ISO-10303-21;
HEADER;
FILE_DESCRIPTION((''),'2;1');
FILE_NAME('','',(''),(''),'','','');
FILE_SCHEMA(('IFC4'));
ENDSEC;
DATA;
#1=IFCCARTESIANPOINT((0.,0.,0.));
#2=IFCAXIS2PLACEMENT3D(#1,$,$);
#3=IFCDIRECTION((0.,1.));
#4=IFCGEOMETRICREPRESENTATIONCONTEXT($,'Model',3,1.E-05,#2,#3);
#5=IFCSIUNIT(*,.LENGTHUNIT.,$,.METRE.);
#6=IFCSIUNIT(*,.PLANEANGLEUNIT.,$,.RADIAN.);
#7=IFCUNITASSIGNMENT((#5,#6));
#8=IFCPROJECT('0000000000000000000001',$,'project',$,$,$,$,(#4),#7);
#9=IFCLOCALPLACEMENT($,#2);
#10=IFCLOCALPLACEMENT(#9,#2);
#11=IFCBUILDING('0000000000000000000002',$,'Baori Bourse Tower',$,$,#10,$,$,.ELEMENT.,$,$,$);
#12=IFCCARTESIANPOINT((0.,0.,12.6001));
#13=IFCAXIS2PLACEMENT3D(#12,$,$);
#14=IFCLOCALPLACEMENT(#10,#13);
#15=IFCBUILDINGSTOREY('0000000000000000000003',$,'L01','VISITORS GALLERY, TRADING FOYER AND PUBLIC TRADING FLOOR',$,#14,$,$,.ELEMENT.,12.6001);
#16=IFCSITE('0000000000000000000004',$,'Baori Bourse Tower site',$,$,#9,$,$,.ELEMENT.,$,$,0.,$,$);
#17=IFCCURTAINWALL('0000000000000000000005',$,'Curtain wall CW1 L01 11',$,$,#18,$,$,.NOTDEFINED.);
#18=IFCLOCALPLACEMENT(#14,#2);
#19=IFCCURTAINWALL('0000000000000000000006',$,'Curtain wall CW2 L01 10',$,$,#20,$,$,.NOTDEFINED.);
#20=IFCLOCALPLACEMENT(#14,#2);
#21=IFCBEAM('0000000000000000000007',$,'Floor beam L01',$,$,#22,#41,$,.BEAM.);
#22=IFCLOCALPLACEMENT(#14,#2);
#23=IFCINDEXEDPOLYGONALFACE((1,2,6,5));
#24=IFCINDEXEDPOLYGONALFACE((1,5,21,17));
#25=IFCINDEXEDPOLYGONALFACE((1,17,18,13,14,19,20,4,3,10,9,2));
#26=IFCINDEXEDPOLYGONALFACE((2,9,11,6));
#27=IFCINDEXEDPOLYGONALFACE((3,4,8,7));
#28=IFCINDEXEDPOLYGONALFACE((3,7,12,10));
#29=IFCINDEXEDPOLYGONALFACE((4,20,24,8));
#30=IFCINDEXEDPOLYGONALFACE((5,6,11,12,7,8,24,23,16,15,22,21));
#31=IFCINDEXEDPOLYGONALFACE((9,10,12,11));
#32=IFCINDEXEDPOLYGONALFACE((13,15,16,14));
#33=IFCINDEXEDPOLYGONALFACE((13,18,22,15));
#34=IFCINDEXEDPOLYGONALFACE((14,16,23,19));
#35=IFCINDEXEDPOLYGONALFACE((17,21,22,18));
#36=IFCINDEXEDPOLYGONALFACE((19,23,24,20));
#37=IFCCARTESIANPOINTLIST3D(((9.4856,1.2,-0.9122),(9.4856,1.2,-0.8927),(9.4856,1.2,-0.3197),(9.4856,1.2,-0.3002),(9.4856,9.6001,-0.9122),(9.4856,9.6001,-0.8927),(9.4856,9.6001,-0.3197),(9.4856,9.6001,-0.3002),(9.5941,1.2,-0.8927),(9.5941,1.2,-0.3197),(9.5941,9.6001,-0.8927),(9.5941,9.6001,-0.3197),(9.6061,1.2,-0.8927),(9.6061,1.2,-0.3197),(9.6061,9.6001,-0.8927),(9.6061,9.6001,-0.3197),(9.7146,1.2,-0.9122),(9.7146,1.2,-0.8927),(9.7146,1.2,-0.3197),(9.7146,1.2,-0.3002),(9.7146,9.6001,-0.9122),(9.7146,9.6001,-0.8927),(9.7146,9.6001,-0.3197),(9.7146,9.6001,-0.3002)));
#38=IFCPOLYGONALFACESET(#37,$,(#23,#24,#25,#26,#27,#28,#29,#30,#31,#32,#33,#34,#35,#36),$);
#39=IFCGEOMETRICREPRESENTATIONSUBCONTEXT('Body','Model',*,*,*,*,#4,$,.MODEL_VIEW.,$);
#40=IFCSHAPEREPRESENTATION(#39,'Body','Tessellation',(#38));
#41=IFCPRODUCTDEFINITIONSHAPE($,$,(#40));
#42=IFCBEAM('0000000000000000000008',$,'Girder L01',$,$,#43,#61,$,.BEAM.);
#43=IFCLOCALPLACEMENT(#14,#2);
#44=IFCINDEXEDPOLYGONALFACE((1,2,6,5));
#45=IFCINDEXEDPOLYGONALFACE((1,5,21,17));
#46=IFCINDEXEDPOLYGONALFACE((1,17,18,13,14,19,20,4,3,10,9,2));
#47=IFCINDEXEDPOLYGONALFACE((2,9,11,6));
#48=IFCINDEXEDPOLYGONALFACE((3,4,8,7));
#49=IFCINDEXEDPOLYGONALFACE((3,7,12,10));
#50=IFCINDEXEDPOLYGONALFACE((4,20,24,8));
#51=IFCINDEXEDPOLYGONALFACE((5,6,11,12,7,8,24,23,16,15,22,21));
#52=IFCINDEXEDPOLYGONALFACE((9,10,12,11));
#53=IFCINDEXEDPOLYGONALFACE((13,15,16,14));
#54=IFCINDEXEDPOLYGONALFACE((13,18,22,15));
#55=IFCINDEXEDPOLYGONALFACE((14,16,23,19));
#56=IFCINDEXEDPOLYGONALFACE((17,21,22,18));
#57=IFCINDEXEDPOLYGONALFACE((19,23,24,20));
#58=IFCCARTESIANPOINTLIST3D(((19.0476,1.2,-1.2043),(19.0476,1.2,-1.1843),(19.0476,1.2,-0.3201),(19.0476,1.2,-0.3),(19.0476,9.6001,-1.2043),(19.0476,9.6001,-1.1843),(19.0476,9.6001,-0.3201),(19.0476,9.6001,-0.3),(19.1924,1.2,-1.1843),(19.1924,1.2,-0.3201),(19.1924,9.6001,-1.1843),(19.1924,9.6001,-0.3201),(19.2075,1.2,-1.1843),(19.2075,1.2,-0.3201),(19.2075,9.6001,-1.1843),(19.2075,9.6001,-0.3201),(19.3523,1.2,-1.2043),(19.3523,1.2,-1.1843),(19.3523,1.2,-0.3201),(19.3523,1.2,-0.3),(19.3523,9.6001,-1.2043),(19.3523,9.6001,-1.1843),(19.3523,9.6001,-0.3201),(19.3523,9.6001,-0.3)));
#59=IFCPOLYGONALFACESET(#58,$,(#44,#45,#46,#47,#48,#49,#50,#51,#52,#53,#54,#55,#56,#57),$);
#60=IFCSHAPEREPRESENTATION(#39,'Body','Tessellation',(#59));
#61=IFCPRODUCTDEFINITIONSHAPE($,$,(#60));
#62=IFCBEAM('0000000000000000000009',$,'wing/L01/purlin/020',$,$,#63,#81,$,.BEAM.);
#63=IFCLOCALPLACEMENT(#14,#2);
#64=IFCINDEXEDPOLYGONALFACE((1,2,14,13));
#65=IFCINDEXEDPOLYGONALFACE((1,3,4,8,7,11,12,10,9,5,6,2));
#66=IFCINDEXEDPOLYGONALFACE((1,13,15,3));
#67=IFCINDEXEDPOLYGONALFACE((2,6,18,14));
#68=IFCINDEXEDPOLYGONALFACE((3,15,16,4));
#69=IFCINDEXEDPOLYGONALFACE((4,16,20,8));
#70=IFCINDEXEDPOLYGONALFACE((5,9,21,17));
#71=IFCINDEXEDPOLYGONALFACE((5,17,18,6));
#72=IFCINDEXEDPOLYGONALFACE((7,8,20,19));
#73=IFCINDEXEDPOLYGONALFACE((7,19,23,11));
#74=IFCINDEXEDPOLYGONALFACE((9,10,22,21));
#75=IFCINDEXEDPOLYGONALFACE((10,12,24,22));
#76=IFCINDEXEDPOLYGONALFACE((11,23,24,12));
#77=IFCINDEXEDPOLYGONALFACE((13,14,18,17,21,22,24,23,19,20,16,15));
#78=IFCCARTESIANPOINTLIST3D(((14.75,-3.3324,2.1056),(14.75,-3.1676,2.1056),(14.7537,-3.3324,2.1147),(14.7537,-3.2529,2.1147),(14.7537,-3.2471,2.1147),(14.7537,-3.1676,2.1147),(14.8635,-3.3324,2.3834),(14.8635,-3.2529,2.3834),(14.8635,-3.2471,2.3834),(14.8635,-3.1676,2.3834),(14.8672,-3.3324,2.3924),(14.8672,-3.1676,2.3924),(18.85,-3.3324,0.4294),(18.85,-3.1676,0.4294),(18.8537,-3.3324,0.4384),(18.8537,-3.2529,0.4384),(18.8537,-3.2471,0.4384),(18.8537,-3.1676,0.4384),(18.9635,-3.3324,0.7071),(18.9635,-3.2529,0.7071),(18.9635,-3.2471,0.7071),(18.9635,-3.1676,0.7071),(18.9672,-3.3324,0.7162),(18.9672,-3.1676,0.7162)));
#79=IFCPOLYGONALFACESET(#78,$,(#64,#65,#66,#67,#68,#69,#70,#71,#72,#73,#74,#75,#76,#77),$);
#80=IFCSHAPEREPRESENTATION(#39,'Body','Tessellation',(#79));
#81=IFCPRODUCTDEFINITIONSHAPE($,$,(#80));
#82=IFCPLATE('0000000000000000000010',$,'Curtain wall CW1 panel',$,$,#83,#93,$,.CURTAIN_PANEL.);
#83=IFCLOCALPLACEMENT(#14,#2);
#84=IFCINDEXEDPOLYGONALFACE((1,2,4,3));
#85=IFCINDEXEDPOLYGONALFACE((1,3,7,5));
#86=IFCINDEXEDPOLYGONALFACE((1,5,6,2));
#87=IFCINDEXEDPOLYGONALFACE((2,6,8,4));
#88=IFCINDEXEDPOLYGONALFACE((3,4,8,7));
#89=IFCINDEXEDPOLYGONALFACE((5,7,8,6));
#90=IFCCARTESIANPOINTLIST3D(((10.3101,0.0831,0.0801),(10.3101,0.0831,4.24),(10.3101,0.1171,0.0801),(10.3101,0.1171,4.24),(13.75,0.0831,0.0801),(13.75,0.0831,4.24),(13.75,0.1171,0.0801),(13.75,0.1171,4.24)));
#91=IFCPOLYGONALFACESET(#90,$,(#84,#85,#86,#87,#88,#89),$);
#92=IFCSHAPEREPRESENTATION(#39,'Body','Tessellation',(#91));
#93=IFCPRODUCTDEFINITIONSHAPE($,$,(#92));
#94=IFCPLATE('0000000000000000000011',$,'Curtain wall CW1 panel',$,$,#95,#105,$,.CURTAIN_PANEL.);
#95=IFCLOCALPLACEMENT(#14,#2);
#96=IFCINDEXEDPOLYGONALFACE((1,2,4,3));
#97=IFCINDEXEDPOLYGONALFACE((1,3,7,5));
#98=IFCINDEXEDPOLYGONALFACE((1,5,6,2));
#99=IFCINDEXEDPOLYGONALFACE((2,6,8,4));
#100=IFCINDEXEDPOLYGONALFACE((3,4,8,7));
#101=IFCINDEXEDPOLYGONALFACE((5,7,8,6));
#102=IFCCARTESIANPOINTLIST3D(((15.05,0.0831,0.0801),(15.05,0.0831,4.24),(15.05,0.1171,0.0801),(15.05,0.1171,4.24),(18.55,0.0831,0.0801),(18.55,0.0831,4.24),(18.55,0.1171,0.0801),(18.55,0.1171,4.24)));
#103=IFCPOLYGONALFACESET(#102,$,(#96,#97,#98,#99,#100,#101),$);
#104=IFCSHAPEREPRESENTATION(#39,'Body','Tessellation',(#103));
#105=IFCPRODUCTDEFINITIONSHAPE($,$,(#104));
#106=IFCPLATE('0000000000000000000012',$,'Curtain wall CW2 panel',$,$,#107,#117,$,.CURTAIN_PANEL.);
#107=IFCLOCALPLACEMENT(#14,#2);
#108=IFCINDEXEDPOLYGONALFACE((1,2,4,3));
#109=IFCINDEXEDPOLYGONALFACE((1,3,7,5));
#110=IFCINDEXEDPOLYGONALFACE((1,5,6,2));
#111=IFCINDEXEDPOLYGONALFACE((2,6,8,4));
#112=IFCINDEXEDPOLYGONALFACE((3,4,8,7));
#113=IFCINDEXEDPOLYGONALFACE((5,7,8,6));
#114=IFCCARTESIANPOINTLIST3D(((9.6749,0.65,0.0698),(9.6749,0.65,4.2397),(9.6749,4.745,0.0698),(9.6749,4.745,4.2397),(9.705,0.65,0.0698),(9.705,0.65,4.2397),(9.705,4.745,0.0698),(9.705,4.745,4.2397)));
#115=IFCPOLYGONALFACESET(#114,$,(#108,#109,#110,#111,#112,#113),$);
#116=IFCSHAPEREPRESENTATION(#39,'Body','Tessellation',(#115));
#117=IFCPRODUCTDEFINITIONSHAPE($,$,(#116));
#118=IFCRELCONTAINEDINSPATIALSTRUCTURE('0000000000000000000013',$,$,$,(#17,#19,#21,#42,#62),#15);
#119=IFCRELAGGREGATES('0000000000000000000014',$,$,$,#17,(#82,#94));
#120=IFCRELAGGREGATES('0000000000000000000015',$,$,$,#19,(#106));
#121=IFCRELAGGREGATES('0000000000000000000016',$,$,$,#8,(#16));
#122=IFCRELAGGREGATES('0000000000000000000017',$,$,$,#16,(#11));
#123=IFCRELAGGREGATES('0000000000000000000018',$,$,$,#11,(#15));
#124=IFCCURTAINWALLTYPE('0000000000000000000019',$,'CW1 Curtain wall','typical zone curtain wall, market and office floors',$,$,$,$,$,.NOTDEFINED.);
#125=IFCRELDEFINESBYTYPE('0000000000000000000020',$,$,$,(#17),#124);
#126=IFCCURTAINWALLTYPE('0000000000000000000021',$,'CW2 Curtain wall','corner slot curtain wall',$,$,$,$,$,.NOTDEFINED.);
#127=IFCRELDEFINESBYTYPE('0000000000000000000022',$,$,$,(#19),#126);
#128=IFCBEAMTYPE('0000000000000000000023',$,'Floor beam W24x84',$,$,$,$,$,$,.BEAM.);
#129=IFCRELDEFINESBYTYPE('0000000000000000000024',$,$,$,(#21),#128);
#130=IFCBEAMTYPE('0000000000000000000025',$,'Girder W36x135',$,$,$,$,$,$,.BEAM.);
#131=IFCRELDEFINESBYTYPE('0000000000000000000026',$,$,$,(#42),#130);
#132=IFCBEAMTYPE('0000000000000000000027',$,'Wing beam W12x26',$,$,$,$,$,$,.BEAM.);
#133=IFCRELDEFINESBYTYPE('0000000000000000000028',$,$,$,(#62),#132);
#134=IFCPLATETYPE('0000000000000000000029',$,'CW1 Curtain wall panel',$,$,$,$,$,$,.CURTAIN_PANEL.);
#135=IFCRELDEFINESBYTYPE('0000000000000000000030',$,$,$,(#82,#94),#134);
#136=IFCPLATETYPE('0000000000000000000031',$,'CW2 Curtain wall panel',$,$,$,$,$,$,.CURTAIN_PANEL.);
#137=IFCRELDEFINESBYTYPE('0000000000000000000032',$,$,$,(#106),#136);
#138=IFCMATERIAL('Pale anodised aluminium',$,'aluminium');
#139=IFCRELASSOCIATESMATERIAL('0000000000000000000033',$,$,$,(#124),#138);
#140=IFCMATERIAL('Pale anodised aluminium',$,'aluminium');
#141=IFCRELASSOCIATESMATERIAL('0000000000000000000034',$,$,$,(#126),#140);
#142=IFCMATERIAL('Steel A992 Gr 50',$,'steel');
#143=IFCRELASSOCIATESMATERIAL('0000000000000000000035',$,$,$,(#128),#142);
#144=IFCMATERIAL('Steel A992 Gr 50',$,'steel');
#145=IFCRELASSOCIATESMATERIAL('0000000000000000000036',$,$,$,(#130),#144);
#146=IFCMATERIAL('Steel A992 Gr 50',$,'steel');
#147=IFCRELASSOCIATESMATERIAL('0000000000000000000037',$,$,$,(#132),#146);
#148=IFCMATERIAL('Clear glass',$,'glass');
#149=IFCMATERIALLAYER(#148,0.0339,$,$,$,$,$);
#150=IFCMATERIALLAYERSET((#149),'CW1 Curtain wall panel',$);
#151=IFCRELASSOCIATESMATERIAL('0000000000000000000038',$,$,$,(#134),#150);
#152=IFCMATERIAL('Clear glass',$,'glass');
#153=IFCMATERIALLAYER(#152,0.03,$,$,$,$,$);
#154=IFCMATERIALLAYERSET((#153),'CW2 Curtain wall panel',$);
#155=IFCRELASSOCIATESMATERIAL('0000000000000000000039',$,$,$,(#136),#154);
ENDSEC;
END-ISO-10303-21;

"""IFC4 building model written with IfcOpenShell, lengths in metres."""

from ifc_helpers import new_model, si_unit, direction, frame, origin, origin_2d, place, context, subcontext, project, spatial, rectangle, i_section, extrude, material, layer, layer_set, material_profile, profile_set, type_object, element, aggregate, save


model = new_model("IFC4")

# Units and contexts
model_context = context("Model", 3, precision=1e-05, world=origin(), true_north=direction((0.0, 1.0)))
body_context = subcontext(model_context, "Body", "Model", "MODEL_VIEW")
ifc_project = project(units=[si_unit("LENGTHUNIT", "METRE"), si_unit("PLANEANGLEUNIT", "RADIAN")], contexts=[model_context])

# Site, building, storey
site_placement = place(None, origin())
site = spatial("IfcSite", under=ifc_project, at=site_placement, Name="Baori Bourse Tower site", CompositionType="ELEMENT", RefElevation=0.0)
building_placement = place(site_placement, origin())
building = spatial("IfcBuilding", under=site, at=building_placement, Name="Baori Bourse Tower", CompositionType="ELEMENT")
storey_placement = place(building_placement, frame((0.0, 0.0, 12.6001)))
storey = spatial("IfcBuildingStorey", under=building, at=storey_placement, Name="L01", Description="VISITORS GALLERY, TRADING FOYER AND PUBLIC TRADING FLOOR", CompositionType="ELEMENT", Elevation=12.6001)

# Curtain walls
ifc_material_1 = material(Name="Pale anodised aluminium", Category="aluminium")
curtain_wall_type_1 = type_object("IfcCurtainWallType", Name="CW1 Curtain wall", Description="typical zone curtain wall, market and office floors", PredefinedType="NOTDEFINED", material=ifc_material_1)
curtain_wall_1_placement = place(storey_placement, origin())
curtain_wall_1 = element("IfcCurtainWall", 1, at=curtain_wall_1_placement, inside=storey, type_object=curtain_wall_type_1, Name="Curtain wall CW1 L01 11", PredefinedType="NOTDEFINED")
ifc_material_2 = material(Name="Pale anodised aluminium", Category="aluminium")
curtain_wall_type_2 = type_object("IfcCurtainWallType", Name="CW2 Curtain wall", Description="corner slot curtain wall", PredefinedType="NOTDEFINED", material=ifc_material_2)
curtain_wall_2_placement = place(storey_placement, origin())
curtain_wall_2 = element("IfcCurtainWall", 2, at=curtain_wall_2_placement, inside=storey, type_object=curtain_wall_type_2, Name="Curtain wall CW2 L01 10", PredefinedType="NOTDEFINED")

# Beams
ifc_material_3 = material(Name="Steel A992 Gr 50", Category="steel")
ifc_material_profile_1 = material_profile(ifc_material_3, i_section(OverallWidth=0.229, OverallDepth=0.6121, WebThickness=0.012, FlangeThickness=0.0195, at=origin_2d()), Name="W24x84")
ifc_profile_set_1 = profile_set([ifc_material_profile_1], Name="Steel A992 Gr 50")
beam_type_1 = type_object("IfcBeamType", Name="Floor beam W24x84", PredefinedType="BEAM", material=ifc_profile_set_1)
beam_1_placement = place(storey_placement, frame((9.6001, 1.2, -0.6062), z_axis=(0.0, 1.0, 0.0), x_axis=(-1.0, 0.0, 0.0)))
element("IfcBeam", 3, at=beam_1_placement, inside=storey, type_object=beam_type_1, Name="Floor beam L01", PredefinedType="BEAM", context=body_context, shape_type="SweptSolid", body=[
    extrude(i_section(OverallWidth=0.229, OverallDepth=0.6121, WebThickness=0.012, FlangeThickness=0.0195, at=origin_2d()), origin(), (0.0, 0.0, 1.0), 8.4001),
])
ifc_material_4 = material(Name="Steel A992 Gr 50", Category="steel")
ifc_material_profile_2 = material_profile(ifc_material_4, i_section(OverallWidth=0.3047, OverallDepth=0.9043, WebThickness=0.0151, FlangeThickness=0.02, at=origin_2d()), Name="W36x135")
ifc_profile_set_2 = profile_set([ifc_material_profile_2], Name="Steel A992 Gr 50")
beam_type_2 = type_object("IfcBeamType", Name="Girder W36x135", PredefinedType="BEAM", material=ifc_profile_set_2)
beam_2_placement = place(storey_placement, frame((19.2, 1.2, -0.7522), z_axis=(0.0, 1.0, 0.0), x_axis=(-1.0, 0.0, 0.0)))
element("IfcBeam", 4, at=beam_2_placement, inside=storey, type_object=beam_type_2, Name="Girder L01", PredefinedType="BEAM", context=body_context, shape_type="SweptSolid", body=[
    extrude(i_section(OverallWidth=0.3047, OverallDepth=0.9043, WebThickness=0.0151, FlangeThickness=0.02, at=origin_2d()), origin(), (0.0, 0.0, 1.0), 8.4001),
])
ifc_material_5 = material(Name="Steel A992 Gr 50", Category="steel")
ifc_material_profile_3 = material_profile(ifc_material_5, i_section(OverallWidth=0.1648, OverallDepth=0.3098, WebThickness=0.0059, FlangeThickness=0.0098, at=origin_2d()), Name="W12x26")
ifc_profile_set_3 = profile_set([ifc_material_profile_3], Name="Steel A992 Gr 50")
beam_type_3 = type_object("IfcBeamType", Name="Wing beam W12x26", PredefinedType="BEAM", material=ifc_profile_set_3)
beam_3_placement = place(storey_placement, frame((14.8086, -3.25, 2.249), z_axis=(0.925629, 0.0, -0.378431), x_axis=(0.0, 1.0, 0.0)))
element("IfcBeam", 5, at=beam_3_placement, inside=storey, type_object=beam_type_3, Name="wing/L01/purlin/020", PredefinedType="BEAM", context=body_context, shape_type="SweptSolid", body=[
    extrude(i_section(OverallWidth=0.1648, OverallDepth=0.3098, WebThickness=0.0059, FlangeThickness=0.0098, at=origin_2d()), origin(), (0.0, 0.0, 1.0), 4.4294),
])

# Plates
ifc_material_6 = material(Name="Clear glass", Category="glass")
ifc_layer_1 = layer(ifc_material_6, 0.0339)
ifc_layer_set_1 = layer_set([ifc_layer_1], Name="CW1 Curtain wall panel")
plate_type_1 = type_object("IfcPlateType", Name="CW1 Curtain wall panel", PredefinedType="CURTAIN_PANEL", material=ifc_layer_set_1)
plate_1_placement = place(storey_placement, frame((12.03, 0.1001, 0.0801), z_axis=(0.0, 0.0, 1.0), x_axis=(1.0, 0.0, 0.0)))
plate_1 = element("IfcPlate", 6, at=plate_1_placement, type_object=plate_type_1, Name="Curtain wall CW1 panel", PredefinedType="CURTAIN_PANEL", context=body_context, shape_type="SweptSolid", body=[
    extrude(rectangle(XDim=3.4399, YDim=0.0339, at=origin_2d()), origin(), (0.0, 0.0, 1.0), 4.1599),
])
plate_2_placement = place(storey_placement, frame((16.8, 0.1001, 0.0801), z_axis=(0.0, 0.0, 1.0), x_axis=(1.0, 0.0, 0.0)))
plate_2 = element("IfcPlate", 7, at=plate_2_placement, type_object=plate_type_1, Name="Curtain wall CW1 panel", PredefinedType="CURTAIN_PANEL", context=body_context, shape_type="SweptSolid", body=[
    extrude(rectangle(XDim=3.5, YDim=0.0339, at=origin_2d()), origin(), (0.0, 0.0, 1.0), 4.1599),
])
aggregate(curtain_wall_1, [plate_1, plate_2])
ifc_material_7 = material(Name="Clear glass", Category="glass")
ifc_layer_2 = layer(ifc_material_7, 0.03)
ifc_layer_set_2 = layer_set([ifc_layer_2], Name="CW2 Curtain wall panel")
plate_type_2 = type_object("IfcPlateType", Name="CW2 Curtain wall panel", PredefinedType="CURTAIN_PANEL", material=ifc_layer_set_2)
plate_3_placement = place(storey_placement, frame((9.6899, 2.6975, 0.0698), z_axis=(0.0, 0.0, 1.0), x_axis=(0.0, -1.0, 0.0)))
plate_3 = element("IfcPlate", 8, at=plate_3_placement, type_object=plate_type_2, Name="Curtain wall CW2 panel", PredefinedType="CURTAIN_PANEL", context=body_context, shape_type="SweptSolid", body=[
    extrude(rectangle(XDim=4.095, YDim=0.03, at=origin_2d()), origin(), (0.0, 0.0, 1.0), 4.1699),
])
aggregate(curtain_wall_2, [plate_3])

save(model, "model.ifc")
